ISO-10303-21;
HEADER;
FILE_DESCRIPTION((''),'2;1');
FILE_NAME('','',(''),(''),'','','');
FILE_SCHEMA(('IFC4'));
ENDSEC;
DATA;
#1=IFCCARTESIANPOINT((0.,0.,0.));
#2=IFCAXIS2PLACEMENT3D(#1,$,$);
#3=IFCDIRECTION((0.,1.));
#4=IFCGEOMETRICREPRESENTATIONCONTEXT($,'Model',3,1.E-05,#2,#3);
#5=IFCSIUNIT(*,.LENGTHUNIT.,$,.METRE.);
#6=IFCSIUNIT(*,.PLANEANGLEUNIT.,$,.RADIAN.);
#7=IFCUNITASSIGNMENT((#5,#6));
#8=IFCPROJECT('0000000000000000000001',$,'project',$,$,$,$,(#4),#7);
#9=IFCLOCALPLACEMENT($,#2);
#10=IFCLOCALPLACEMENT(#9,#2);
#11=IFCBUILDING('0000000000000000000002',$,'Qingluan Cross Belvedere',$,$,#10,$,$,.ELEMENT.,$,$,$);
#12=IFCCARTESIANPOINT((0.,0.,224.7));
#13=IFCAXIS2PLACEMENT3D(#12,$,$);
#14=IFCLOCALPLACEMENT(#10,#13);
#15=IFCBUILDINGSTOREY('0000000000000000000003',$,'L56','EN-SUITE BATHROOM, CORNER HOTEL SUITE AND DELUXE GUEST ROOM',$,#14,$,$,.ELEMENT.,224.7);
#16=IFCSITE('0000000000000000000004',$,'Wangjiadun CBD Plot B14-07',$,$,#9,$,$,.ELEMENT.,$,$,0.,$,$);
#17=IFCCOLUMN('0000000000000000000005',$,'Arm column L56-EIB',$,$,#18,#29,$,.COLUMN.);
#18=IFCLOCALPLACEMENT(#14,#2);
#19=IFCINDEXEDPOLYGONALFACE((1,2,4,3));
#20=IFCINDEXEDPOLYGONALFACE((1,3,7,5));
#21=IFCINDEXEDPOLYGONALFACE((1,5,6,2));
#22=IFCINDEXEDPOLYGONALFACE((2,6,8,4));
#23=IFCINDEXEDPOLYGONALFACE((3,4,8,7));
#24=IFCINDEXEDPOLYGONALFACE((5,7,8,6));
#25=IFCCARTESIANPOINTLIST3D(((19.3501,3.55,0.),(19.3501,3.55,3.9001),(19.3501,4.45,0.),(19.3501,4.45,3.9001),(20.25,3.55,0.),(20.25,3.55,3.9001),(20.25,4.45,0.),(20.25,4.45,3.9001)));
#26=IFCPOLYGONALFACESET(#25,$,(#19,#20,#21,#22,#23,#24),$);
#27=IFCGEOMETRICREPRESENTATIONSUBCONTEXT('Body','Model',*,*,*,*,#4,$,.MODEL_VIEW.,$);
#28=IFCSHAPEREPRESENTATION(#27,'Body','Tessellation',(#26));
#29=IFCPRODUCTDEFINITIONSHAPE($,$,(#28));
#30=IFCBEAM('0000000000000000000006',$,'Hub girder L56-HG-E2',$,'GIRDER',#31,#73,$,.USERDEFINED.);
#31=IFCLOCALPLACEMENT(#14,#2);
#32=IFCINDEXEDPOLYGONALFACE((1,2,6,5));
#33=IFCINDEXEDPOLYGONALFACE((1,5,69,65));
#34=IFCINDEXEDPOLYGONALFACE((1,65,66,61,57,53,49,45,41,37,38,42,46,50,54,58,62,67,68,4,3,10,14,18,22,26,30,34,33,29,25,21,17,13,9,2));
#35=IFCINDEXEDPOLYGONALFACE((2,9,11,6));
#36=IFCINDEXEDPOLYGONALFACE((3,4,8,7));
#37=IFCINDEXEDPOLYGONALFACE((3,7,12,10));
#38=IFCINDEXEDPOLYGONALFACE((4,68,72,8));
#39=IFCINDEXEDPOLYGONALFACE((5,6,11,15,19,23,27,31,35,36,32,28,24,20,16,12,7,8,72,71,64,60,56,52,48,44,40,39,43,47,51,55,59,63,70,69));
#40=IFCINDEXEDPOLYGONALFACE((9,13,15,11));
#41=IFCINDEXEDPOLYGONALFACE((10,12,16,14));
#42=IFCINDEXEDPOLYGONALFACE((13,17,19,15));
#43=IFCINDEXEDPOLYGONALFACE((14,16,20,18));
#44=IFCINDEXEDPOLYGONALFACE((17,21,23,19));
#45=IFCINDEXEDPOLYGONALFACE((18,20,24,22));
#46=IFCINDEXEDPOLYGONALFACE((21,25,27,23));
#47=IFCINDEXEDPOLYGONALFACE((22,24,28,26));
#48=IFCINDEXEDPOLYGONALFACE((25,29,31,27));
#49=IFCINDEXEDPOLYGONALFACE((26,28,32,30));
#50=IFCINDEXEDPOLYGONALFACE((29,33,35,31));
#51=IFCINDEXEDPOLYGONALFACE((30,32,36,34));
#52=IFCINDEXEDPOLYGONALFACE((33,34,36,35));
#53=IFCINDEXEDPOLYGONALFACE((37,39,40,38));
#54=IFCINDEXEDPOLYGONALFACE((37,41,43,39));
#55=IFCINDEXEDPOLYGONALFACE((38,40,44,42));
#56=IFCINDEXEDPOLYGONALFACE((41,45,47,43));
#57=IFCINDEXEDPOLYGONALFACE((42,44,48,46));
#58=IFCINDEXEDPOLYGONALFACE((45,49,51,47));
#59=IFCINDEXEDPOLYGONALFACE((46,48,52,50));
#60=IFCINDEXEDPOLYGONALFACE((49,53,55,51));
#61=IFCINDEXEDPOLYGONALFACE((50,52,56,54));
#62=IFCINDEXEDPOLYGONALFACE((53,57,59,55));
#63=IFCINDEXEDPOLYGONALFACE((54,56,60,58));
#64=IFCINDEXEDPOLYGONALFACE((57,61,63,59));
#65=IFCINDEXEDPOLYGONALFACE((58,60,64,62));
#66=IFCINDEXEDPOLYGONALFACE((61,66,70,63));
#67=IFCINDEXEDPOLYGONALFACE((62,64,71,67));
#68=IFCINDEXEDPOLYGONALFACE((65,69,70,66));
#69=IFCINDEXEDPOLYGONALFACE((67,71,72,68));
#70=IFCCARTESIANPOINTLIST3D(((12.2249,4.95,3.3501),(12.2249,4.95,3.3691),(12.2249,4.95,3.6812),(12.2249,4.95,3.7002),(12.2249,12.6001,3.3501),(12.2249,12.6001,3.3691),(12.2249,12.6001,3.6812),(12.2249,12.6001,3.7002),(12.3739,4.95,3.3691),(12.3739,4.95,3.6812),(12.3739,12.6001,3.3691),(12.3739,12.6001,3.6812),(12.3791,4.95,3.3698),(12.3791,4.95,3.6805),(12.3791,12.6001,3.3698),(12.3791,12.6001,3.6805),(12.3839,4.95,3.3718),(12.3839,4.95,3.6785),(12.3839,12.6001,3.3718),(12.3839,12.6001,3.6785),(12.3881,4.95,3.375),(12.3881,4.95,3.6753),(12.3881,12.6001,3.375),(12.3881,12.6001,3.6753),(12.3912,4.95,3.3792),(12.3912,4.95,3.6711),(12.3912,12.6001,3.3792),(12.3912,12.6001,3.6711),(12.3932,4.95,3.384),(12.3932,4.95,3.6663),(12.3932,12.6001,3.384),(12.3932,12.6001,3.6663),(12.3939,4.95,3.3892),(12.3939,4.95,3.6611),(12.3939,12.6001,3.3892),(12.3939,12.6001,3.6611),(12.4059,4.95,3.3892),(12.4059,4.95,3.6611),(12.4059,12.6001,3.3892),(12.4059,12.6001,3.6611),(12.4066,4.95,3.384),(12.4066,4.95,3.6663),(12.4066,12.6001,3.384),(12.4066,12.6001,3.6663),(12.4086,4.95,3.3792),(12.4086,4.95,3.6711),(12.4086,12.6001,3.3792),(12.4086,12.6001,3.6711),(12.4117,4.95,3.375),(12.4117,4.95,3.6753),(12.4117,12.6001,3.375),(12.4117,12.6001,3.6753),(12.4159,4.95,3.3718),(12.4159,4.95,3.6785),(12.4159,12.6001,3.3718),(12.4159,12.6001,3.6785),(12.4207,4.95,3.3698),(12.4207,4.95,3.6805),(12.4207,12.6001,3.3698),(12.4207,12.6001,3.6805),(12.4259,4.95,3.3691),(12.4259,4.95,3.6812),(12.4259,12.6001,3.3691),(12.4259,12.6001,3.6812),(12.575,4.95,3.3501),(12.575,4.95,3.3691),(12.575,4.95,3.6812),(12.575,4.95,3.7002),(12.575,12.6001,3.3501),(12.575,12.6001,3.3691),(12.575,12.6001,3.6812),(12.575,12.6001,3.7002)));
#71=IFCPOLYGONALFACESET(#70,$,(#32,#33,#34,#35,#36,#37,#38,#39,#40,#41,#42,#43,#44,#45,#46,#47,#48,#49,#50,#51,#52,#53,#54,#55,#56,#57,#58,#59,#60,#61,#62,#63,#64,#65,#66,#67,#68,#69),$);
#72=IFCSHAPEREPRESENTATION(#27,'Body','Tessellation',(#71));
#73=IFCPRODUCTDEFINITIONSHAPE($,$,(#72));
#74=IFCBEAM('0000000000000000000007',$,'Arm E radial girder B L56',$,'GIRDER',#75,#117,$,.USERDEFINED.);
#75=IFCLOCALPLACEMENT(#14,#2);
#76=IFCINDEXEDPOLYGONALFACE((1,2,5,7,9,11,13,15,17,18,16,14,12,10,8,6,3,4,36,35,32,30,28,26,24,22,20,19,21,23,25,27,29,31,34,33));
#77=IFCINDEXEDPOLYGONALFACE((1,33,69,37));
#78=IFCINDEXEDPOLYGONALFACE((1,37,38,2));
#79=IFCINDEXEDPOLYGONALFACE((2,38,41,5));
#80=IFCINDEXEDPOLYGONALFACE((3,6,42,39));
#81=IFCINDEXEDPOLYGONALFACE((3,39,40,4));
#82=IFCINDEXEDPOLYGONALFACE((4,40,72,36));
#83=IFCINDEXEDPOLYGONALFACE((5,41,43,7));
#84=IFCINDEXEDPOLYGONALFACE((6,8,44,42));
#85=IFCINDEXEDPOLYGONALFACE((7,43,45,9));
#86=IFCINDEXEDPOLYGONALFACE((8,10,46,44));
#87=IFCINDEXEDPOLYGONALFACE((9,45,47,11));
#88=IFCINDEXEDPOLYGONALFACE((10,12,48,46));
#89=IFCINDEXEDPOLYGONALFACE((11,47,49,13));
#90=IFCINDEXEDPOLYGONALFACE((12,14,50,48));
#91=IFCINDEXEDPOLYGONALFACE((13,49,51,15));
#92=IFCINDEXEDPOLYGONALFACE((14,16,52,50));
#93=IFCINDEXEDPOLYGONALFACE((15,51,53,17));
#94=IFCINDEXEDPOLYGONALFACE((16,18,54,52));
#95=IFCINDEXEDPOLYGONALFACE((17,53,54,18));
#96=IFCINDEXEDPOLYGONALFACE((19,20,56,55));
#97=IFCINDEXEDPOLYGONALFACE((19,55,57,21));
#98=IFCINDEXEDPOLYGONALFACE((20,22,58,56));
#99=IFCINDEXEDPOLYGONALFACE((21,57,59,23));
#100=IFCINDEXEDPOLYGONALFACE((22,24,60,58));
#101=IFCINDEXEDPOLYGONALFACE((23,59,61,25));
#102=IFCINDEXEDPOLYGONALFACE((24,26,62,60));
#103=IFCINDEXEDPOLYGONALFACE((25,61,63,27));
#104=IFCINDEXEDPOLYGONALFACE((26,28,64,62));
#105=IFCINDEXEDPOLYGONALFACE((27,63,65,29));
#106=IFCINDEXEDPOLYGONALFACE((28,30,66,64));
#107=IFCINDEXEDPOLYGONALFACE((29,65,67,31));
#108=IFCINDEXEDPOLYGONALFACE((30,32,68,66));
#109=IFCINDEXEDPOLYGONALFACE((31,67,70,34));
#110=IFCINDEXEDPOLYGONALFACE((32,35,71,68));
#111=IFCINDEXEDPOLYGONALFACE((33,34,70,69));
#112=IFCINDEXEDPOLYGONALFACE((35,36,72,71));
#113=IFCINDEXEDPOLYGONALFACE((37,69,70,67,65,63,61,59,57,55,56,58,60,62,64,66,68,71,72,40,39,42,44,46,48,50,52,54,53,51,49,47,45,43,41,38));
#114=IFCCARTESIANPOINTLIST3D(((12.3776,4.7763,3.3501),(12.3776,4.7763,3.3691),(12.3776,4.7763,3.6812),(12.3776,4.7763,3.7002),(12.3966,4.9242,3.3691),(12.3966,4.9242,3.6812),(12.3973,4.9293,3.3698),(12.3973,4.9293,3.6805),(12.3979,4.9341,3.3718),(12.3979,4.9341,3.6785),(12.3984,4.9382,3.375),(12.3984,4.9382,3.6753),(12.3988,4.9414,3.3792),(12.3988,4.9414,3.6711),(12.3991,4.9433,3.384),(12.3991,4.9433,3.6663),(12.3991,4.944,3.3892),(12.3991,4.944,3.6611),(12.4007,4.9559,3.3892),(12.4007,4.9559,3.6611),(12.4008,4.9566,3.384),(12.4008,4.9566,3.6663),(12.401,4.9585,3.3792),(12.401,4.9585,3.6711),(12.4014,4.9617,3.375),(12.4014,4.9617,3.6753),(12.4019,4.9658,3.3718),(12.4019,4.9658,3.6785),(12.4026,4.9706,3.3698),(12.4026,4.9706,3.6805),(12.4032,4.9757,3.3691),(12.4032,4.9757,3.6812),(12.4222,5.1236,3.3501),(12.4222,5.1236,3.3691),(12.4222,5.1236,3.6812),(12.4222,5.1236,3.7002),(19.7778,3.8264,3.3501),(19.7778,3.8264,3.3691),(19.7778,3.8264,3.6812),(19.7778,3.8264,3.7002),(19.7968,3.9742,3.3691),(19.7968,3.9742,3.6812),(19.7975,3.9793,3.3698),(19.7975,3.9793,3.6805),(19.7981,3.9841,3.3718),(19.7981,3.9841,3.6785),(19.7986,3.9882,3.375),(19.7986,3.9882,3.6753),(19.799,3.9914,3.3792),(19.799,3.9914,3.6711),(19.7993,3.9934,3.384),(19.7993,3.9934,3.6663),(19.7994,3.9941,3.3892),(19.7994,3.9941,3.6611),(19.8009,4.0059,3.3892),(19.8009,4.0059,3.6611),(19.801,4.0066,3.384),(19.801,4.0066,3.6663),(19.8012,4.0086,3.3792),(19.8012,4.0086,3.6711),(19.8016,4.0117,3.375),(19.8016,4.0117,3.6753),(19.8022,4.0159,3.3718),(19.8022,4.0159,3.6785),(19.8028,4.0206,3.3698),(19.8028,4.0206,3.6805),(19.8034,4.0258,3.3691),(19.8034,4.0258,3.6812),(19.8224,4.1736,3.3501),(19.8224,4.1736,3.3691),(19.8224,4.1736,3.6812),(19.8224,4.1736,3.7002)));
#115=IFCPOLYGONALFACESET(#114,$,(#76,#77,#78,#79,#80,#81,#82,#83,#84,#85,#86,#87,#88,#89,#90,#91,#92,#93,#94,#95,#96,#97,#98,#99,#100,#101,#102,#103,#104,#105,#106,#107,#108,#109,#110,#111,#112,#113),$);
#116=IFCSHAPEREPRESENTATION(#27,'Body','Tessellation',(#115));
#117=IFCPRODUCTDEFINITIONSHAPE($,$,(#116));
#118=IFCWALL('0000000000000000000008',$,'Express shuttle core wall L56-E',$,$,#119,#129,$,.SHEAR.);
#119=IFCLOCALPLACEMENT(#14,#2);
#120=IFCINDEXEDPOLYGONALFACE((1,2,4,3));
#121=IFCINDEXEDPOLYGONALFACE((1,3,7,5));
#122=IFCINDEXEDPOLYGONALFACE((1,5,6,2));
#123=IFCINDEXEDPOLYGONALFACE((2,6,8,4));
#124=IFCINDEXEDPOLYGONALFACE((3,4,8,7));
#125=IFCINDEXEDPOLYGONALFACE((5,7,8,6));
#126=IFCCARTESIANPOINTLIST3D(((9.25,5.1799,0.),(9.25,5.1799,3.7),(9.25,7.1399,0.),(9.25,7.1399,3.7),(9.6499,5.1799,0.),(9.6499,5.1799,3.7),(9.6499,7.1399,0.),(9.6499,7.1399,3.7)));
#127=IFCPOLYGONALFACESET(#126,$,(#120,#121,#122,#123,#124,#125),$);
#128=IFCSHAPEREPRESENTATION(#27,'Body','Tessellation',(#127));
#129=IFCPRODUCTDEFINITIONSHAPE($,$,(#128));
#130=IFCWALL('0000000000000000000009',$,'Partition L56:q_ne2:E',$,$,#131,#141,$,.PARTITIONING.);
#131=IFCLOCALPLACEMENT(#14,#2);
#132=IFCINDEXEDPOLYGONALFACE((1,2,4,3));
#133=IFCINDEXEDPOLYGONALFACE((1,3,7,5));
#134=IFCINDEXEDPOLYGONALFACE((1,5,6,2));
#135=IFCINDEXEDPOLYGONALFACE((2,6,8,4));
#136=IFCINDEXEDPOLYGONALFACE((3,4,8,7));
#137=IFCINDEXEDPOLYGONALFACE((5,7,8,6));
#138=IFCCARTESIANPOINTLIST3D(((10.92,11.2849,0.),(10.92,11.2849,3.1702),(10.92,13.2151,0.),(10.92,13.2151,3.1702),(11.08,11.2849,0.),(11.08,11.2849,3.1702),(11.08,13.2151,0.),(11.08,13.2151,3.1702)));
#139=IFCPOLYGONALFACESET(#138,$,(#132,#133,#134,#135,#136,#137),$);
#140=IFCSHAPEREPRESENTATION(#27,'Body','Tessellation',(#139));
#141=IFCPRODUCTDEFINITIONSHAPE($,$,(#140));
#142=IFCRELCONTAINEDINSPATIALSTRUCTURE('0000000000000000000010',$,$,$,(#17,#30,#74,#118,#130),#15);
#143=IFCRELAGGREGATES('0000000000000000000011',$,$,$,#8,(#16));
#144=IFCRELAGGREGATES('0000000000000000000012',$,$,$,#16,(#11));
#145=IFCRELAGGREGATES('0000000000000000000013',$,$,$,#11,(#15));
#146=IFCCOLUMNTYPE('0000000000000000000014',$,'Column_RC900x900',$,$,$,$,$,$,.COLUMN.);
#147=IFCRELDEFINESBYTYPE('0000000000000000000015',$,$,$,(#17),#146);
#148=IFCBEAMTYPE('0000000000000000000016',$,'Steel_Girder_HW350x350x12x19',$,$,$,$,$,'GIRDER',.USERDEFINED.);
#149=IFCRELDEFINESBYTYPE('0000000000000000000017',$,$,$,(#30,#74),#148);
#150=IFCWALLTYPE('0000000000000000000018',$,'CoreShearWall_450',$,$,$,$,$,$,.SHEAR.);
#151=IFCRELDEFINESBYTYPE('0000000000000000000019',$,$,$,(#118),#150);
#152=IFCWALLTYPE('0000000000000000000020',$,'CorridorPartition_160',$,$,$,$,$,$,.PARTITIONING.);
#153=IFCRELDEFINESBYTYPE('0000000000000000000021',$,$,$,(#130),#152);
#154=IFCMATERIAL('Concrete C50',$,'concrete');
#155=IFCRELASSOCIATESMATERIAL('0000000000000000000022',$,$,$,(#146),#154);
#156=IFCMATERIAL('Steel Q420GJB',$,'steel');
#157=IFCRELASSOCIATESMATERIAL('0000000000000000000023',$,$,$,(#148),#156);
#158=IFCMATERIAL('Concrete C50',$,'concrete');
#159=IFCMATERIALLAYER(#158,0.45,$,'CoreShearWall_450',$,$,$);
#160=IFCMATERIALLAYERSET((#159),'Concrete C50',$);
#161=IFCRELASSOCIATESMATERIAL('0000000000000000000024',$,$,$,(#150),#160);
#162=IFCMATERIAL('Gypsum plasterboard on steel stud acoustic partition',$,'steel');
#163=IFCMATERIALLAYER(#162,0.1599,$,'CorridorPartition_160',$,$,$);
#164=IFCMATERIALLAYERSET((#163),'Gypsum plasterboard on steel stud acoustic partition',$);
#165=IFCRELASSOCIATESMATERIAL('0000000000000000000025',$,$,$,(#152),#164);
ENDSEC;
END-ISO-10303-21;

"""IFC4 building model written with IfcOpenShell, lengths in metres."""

from ifc_helpers import new_model, si_unit, direction, frame, frame_2d, origin, origin_2d, place, context, subcontext, project, spatial, rectangle, i_section, extrude, material, layer, layer_set, material_profile, profile_set, type_object, element, save


model = new_model("IFC4")

# Units and contexts
model_context = context("Model", 3, precision=1e-05, world=origin(), true_north=direction((0.0, 1.0)))
body_context = subcontext(model_context, "Body", "Model", "MODEL_VIEW")
ifc_project = project(units=[si_unit("LENGTHUNIT", "METRE"), si_unit("PLANEANGLEUNIT", "RADIAN")], contexts=[model_context])

# Site, building, storey
site_placement = place(None, origin())
site = spatial("IfcSite", under=ifc_project, at=site_placement, Name="Wangjiadun CBD Plot B14-07", CompositionType="ELEMENT", RefElevation=0.0)
building_placement = place(site_placement, origin())
building = spatial("IfcBuilding", under=site, at=building_placement, Name="Qingluan Cross Belvedere", CompositionType="ELEMENT")
storey_placement = place(building_placement, frame((0.0, 0.0, 224.7)))
storey = spatial("IfcBuildingStorey", under=building, at=storey_placement, Name="L56", Description="EN-SUITE BATHROOM, CORNER HOTEL SUITE AND DELUXE GUEST ROOM", CompositionType="ELEMENT", Elevation=224.7)

# Column
ifc_material_1 = material(Name="Concrete C50", Category="concrete")
ifc_material_profile_1 = material_profile(ifc_material_1, rectangle(XDim=0.8999, YDim=0.8999, at=origin_2d()), Name="RC900x900")
ifc_profile_set_1 = profile_set([ifc_material_profile_1], Name="Concrete C50")
column_type = type_object("IfcColumnType", Name="Column_RC900x900", PredefinedType="COLUMN", material=ifc_profile_set_1)
column_placement = place(storey_placement, frame((19.8, 4.0, 0.0), z_axis=(0.0, 0.0, 1.0), x_axis=(1.0, 0.0, 0.0)))
element("IfcColumn", 1, at=column_placement, inside=storey, type_object=column_type, Name="Arm column L56-EIB", PredefinedType="COLUMN", context=body_context, shape_type="SweptSolid", body=[
    extrude(rectangle(XDim=0.8999, YDim=0.8999, at=origin_2d()), origin(), (0.0, 0.0, 1.0), 3.9001),
])

# Beams
ifc_material_2 = material(Name="Steel Q420GJB", Category="steel")
ifc_material_profile_2 = material_profile(ifc_material_2, i_section(OverallWidth=0.3501, OverallDepth=0.3501, WebThickness=0.012, FlangeThickness=0.019, FilletRadius=0.02, at=origin_2d()), Name="HW350x350x12x19")
ifc_profile_set_2 = profile_set([ifc_material_profile_2], Name="Steel Q420GJB")
beam_type = type_object("IfcBeamType", Name="Steel_Girder_HW350x350x12x19", ElementType="GIRDER", PredefinedType="USERDEFINED", material=ifc_profile_set_2)
beam_1_placement = place(storey_placement, frame((12.3999, 4.95, 3.5251), z_axis=(0.0, 1.0, 0.0), x_axis=(-1.0, 0.0, 0.0)))
element("IfcBeam", 2, at=beam_1_placement, inside=storey, type_object=beam_type, Name="Hub girder L56-HG-E2", ObjectType="GIRDER", PredefinedType="USERDEFINED", context=body_context, shape_type="SweptSolid", body=[
    extrude(i_section(OverallWidth=0.3501, OverallDepth=0.3501, WebThickness=0.012, FlangeThickness=0.019, FilletRadius=0.02, at=origin_2d()), origin(), (0.0, 0.0, 1.0), 7.6501),
])
beam_2_placement = place(storey_placement, frame((12.3999, 4.95, 3.5251), z_axis=(0.991861, -0.127324, 0.0), x_axis=(0.127324, 0.991861, 0.0)))
element("IfcBeam", 3, at=beam_2_placement, inside=storey, type_object=beam_type, Name="Arm E radial girder B L56", ObjectType="GIRDER", PredefinedType="USERDEFINED", context=body_context, shape_type="SweptSolid", body=[
    extrude(i_section(OverallWidth=0.3501, OverallDepth=0.3501, WebThickness=0.012, FlangeThickness=0.019, FilletRadius=0.02, at=origin_2d()), origin(), (0.0, 0.0, 1.0), 7.4609),
])

# Walls
ifc_material_3 = material(Name="Concrete C50", Category="concrete")
ifc_layer_1 = layer(ifc_material_3, 0.45, Name="CoreShearWall_450")
ifc_layer_set_1 = layer_set([ifc_layer_1], Name="Concrete C50")
wall_type_1 = type_object("IfcWallType", Name="CoreShearWall_450", PredefinedType="SHEAR", material=ifc_layer_set_1)
wall_1_placement = place(storey_placement, frame((9.45, 5.1799, 0.0), z_axis=(0.0, 0.0, 1.0), x_axis=(0.0, 1.0, 0.0)))
element("IfcWall", 4, at=wall_1_placement, inside=storey, type_object=wall_type_1, Name="Express shuttle core wall L56-E", PredefinedType="SHEAR", context=body_context, shape_type="SweptSolid", body=[
    extrude(rectangle(XDim=1.96, YDim=0.3999, at=frame_2d((0.98, 0.0))), origin(), (0.0, 0.0, 1.0), 3.7),
])
ifc_material_4 = material(Name="Gypsum plasterboard on steel stud acoustic partition", Category="steel")
ifc_layer_2 = layer(ifc_material_4, 0.1599, Name="CorridorPartition_160")
ifc_layer_set_2 = layer_set([ifc_layer_2], Name="Gypsum plasterboard on steel stud acoustic partition")
wall_type_2 = type_object("IfcWallType", Name="CorridorPartition_160", PredefinedType="PARTITIONING", material=ifc_layer_set_2)
wall_2_placement = place(storey_placement, frame((11.0, 11.2849, 0.0), z_axis=(0.0, 0.0, 1.0), x_axis=(0.0, 1.0, 0.0)))
element("IfcWall", 5, at=wall_2_placement, inside=storey, type_object=wall_type_2, Name="Partition L56:q_ne2:E", PredefinedType="PARTITIONING", context=body_context, shape_type="SweptSolid", body=[
    extrude(rectangle(XDim=1.9302, YDim=0.1599, at=frame_2d((0.9651, 0.0))), origin(), (0.0, 0.0, 1.0), 3.1702),
])

save(model, "model.ifc")
